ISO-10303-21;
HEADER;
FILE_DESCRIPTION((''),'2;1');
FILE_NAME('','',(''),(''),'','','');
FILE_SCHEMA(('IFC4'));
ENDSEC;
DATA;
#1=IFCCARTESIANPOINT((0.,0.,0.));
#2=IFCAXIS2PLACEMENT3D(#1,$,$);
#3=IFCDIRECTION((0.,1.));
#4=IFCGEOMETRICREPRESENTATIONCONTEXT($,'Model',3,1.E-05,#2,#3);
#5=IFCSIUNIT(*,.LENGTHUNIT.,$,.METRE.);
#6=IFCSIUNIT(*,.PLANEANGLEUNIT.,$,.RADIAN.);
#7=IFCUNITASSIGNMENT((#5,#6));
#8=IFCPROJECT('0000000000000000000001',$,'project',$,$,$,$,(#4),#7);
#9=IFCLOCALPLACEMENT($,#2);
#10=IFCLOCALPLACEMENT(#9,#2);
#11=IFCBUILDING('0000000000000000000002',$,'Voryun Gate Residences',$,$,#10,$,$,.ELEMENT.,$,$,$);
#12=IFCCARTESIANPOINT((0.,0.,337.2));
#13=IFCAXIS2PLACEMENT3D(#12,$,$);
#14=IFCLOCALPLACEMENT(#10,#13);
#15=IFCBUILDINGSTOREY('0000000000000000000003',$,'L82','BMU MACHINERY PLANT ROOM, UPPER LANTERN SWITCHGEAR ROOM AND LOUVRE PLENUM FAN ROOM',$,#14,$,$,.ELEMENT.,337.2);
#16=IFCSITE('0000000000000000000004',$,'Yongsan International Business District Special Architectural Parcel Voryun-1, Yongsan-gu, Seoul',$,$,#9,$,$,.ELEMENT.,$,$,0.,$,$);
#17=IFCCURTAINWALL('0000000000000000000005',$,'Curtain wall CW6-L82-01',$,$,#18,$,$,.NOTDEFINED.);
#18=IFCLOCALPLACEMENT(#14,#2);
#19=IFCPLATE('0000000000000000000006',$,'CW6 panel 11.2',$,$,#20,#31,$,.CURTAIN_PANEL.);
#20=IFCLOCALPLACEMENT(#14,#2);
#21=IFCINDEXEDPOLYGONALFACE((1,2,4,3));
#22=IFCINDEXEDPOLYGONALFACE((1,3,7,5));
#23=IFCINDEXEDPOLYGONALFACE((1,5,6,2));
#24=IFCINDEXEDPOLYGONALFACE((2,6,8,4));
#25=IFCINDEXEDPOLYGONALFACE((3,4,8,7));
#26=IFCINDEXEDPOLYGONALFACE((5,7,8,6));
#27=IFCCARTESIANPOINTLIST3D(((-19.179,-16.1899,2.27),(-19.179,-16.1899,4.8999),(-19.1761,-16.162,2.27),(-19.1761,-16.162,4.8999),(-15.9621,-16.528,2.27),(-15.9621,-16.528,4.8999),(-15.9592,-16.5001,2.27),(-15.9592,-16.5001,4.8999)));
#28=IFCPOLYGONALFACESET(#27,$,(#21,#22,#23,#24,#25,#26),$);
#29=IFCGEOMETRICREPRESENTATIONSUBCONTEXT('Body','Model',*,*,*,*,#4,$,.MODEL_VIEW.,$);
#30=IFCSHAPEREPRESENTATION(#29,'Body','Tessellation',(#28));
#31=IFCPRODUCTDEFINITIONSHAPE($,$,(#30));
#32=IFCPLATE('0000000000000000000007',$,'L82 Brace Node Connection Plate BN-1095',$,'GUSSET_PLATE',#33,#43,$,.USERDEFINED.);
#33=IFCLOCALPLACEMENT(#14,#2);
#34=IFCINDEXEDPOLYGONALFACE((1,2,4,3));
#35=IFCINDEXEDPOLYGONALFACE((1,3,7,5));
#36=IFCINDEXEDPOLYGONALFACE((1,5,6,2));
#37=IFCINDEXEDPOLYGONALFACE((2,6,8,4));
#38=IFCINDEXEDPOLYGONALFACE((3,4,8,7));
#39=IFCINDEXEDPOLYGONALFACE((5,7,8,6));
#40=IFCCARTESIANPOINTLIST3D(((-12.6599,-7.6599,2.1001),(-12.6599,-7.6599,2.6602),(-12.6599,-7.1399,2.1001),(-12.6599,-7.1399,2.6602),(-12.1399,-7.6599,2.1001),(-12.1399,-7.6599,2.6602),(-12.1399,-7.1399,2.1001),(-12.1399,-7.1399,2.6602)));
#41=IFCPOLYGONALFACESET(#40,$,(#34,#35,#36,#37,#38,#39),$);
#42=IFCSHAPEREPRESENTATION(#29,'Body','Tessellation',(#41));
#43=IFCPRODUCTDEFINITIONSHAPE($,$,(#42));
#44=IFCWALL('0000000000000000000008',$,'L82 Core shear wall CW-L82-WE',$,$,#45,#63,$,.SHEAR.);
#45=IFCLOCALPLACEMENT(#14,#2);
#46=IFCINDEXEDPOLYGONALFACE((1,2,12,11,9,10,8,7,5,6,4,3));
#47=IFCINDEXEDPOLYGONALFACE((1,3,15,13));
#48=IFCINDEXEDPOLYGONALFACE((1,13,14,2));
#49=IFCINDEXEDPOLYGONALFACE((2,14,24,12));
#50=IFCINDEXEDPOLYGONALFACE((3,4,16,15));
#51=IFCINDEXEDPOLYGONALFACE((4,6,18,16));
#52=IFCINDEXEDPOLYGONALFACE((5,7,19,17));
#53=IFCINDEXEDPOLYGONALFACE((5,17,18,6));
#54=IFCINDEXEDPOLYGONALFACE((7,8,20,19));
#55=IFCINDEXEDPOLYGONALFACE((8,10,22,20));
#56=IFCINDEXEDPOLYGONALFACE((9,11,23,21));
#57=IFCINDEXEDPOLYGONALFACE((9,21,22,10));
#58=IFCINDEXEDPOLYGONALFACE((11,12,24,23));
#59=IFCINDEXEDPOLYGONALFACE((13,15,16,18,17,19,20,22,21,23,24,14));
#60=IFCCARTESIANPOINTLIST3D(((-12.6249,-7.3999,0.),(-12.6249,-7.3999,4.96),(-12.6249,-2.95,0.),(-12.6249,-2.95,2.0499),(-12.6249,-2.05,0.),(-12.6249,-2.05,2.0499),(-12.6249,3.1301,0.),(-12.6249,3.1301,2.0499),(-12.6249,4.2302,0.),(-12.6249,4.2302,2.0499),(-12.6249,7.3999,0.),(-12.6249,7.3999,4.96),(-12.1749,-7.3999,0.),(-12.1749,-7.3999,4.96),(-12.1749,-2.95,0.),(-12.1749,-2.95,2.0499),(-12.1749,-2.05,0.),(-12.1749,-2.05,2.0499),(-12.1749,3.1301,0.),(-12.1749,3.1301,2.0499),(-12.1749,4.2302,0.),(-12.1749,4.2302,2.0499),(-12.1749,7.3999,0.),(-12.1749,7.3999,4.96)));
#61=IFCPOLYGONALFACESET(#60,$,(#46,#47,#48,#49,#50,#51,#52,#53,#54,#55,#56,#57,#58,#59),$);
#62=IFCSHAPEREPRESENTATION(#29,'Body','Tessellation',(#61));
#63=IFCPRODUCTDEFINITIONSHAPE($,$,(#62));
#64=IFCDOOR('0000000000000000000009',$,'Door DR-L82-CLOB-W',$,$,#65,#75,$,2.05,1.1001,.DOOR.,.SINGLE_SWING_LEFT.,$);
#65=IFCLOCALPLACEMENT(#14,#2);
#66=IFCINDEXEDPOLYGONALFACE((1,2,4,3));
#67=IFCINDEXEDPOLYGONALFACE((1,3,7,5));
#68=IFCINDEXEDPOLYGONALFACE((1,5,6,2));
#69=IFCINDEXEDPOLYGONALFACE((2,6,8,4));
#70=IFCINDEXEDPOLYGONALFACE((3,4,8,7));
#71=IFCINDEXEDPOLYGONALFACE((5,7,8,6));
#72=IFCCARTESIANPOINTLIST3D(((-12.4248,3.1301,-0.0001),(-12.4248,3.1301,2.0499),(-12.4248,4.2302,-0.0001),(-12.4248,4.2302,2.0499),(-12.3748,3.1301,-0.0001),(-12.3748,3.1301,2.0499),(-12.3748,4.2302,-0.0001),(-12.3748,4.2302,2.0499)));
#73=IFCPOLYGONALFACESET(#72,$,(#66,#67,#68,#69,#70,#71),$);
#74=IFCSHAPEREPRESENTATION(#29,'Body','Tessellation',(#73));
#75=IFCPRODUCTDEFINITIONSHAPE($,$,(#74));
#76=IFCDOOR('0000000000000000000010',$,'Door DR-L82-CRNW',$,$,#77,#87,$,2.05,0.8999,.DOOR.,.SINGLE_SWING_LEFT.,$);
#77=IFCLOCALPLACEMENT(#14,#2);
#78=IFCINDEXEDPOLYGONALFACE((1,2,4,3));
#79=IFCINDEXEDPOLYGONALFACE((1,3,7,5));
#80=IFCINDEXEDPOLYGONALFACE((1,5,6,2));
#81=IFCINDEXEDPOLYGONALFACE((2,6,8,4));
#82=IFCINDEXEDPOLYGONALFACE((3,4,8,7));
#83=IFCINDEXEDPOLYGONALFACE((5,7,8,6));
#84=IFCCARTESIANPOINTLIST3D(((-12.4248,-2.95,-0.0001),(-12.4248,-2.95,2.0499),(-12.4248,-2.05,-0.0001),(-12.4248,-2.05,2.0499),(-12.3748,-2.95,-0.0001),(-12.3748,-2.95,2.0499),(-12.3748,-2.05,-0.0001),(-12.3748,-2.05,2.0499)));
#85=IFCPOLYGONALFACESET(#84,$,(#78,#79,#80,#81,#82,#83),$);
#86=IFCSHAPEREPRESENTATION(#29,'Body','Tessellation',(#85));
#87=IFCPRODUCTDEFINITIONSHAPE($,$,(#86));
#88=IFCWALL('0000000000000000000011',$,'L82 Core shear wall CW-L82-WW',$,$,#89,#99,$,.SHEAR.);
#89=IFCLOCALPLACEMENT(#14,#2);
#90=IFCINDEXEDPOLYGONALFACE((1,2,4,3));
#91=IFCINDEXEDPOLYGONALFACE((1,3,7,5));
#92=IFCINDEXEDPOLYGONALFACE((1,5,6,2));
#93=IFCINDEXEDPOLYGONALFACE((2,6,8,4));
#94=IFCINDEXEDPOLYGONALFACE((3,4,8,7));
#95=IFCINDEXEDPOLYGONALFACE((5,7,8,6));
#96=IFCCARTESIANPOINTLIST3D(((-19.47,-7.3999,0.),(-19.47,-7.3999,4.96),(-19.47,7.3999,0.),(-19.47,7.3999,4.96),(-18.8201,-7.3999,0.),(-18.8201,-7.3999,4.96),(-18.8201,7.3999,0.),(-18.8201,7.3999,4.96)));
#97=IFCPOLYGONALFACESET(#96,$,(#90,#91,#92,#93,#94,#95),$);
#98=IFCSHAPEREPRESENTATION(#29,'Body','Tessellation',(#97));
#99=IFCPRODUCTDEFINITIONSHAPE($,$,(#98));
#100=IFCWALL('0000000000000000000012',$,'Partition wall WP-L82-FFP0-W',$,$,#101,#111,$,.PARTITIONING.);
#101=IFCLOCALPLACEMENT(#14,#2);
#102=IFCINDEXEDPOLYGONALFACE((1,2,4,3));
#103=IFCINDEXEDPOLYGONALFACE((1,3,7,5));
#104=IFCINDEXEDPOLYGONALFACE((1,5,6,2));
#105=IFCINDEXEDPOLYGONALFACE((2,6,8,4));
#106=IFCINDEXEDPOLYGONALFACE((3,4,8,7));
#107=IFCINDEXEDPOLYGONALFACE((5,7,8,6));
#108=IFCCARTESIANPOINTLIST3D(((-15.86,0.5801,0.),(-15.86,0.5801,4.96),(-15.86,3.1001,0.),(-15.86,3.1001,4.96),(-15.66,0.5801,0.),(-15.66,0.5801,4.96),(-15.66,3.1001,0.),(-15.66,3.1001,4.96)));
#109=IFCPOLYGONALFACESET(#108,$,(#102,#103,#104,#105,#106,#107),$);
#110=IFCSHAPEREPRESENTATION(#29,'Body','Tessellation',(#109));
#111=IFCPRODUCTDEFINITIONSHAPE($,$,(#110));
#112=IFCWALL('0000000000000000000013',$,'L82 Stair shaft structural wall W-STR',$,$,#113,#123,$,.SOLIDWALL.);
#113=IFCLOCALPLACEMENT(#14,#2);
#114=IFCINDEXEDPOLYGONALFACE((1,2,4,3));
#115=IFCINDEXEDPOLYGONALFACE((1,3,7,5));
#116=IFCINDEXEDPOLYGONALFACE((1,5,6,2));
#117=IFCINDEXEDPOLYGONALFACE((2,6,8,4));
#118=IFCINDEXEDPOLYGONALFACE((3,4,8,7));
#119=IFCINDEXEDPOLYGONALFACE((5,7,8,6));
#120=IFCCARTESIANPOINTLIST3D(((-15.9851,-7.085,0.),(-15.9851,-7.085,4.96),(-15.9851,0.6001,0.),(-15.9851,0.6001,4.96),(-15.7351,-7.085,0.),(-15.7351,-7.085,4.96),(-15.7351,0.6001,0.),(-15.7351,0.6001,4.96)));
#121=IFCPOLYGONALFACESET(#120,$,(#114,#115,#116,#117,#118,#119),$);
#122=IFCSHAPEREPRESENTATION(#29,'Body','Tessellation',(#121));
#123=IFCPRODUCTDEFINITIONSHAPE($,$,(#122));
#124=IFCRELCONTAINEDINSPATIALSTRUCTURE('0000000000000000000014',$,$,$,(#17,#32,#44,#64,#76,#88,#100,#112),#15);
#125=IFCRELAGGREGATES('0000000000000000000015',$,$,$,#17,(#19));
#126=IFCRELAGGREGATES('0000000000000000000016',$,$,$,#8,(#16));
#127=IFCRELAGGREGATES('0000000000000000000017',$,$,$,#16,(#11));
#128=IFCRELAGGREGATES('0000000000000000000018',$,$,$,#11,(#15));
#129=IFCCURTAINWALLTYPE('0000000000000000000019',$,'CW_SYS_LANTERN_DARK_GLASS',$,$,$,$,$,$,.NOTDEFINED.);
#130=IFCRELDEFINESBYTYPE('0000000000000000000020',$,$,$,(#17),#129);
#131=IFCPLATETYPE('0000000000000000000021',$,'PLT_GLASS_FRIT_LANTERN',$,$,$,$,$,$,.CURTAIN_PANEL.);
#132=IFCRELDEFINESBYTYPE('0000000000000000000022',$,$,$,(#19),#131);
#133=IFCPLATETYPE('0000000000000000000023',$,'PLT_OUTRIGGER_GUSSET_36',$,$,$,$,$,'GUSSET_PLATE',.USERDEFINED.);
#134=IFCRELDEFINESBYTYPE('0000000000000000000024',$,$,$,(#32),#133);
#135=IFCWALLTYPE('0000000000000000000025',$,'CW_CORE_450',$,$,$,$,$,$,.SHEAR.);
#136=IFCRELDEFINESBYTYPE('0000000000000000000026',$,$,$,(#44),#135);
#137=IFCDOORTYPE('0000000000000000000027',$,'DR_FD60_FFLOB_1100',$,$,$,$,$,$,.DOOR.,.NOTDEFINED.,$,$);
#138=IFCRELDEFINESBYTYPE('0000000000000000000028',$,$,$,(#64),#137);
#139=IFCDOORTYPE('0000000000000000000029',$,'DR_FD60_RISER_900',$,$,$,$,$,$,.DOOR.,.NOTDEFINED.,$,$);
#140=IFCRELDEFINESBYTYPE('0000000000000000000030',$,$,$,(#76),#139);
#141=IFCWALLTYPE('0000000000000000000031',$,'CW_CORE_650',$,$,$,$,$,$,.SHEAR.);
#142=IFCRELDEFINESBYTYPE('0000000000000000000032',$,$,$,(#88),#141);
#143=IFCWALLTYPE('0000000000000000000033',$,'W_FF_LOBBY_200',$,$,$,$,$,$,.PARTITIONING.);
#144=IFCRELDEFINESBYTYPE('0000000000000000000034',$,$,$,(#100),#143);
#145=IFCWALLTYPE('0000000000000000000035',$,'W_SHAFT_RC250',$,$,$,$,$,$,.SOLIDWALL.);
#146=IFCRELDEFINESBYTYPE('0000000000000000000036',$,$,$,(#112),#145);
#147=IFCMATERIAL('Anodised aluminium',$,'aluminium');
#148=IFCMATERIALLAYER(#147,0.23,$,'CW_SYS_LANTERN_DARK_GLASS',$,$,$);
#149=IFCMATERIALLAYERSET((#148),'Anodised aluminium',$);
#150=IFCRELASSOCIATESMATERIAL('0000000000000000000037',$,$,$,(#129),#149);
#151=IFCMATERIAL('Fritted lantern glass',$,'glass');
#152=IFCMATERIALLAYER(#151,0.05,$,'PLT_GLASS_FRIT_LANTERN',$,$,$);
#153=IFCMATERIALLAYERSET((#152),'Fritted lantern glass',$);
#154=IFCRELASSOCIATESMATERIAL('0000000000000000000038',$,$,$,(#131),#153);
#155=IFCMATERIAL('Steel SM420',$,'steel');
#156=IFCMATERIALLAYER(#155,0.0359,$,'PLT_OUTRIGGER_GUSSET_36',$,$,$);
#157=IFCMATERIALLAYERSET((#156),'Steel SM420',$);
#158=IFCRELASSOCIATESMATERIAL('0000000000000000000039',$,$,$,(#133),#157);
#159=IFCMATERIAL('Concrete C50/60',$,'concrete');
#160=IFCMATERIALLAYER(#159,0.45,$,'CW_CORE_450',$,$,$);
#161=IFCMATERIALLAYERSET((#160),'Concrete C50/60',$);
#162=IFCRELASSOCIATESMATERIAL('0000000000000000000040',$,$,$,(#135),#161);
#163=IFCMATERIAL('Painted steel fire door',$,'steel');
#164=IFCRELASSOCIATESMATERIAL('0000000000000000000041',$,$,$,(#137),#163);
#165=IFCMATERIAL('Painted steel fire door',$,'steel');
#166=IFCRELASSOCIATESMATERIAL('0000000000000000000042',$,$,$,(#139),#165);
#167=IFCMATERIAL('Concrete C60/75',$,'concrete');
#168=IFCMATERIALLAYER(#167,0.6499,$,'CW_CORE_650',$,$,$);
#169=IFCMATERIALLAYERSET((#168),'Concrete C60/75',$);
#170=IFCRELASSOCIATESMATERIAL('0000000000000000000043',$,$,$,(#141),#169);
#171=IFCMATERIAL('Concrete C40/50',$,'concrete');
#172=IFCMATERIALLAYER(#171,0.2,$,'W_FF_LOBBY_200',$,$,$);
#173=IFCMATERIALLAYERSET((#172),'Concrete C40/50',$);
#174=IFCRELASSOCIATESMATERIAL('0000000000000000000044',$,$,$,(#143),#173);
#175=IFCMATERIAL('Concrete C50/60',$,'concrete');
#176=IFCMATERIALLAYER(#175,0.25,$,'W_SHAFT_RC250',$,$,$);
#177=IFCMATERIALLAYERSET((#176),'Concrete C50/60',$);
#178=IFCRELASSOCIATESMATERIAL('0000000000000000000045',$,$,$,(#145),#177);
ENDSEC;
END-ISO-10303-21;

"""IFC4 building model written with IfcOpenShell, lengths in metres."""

from ifc_helpers import new_model, si_unit, direction, frame, frame_2d, origin, origin_2d, place, context, subcontext, project, spatial, rectangle, extrude, material, layer, layer_set, type_object, element, fill, aggregate, save


model = new_model("IFC4")

# Units and contexts
model_context = context("Model", 3, precision=1e-05, world=origin(), true_north=direction((0.0, 1.0)))
body_context = subcontext(model_context, "Body", "Model", "MODEL_VIEW")
ifc_project = project(units=[si_unit("LENGTHUNIT", "METRE"), si_unit("PLANEANGLEUNIT", "RADIAN")], contexts=[model_context])

# Site, building, storey
site_placement = place(None, origin())
site = spatial("IfcSite", under=ifc_project, at=site_placement, Name="Yongsan International Business District Special Architectural Parcel Voryun-1, Yongsan-gu, Seoul", CompositionType="ELEMENT", RefElevation=0.0)
building_placement = place(site_placement, origin())
building = spatial("IfcBuilding", under=site, at=building_placement, Name="Voryun Gate Residences", CompositionType="ELEMENT")
storey_placement = place(building_placement, frame((0.0, 0.0, 337.2)))
storey = spatial("IfcBuildingStorey", under=building, at=storey_placement, Name="L82", Description="BMU MACHINERY PLANT ROOM, UPPER LANTERN SWITCHGEAR ROOM AND LOUVRE PLENUM FAN ROOM", CompositionType="ELEMENT", Elevation=337.2)

# Curtain wall, plate
ifc_material_1 = material(Name="Anodised aluminium", Category="aluminium")
ifc_layer_1 = layer(ifc_material_1, 0.23, Name="CW_SYS_LANTERN_DARK_GLASS")
ifc_layer_set_1 = layer_set([ifc_layer_1], Name="Anodised aluminium")
curtain_wall_type = type_object("IfcCurtainWallType", Name="CW_SYS_LANTERN_DARK_GLASS", PredefinedType="NOTDEFINED", material=ifc_layer_set_1)
curtain_wall_placement = place(storey_placement, origin())
curtain_wall = element("IfcCurtainWall", 1, at=curtain_wall_placement, inside=storey, type_object=curtain_wall_type, Name="Curtain wall CW6-L82-01", PredefinedType="NOTDEFINED")
ifc_material_2 = material(Name="Fritted lantern glass", Category="glass")
ifc_layer_2 = layer(ifc_material_2, 0.05, Name="PLT_GLASS_FRIT_LANTERN")
ifc_layer_set_2 = layer_set([ifc_layer_2], Name="Fritted lantern glass")
plate_type_1 = type_object("IfcPlateType", Name="PLT_GLASS_FRIT_LANTERN", PredefinedType="CURTAIN_PANEL", material=ifc_layer_set_2)
plate_1_placement = place(storey_placement, frame((-17.5691, -16.345, 2.27), z_axis=(0.0, 0.0, 1.0), x_axis=(-0.994522, 0.104528, 0.0)))
plate_1 = element("IfcPlate", 2, at=plate_1_placement, type_object=plate_type_1, Name="CW6 panel 11.2", PredefinedType="CURTAIN_PANEL", context=body_context, shape_type="SweptSolid", body=[
    extrude(rectangle(XDim=3.2346, YDim=0.0281, at=origin_2d()), origin(), (0.0, 0.0, 1.0), 2.6299),
])
aggregate(curtain_wall, [plate_1])

# Plate
ifc_material_3 = material(Name="Steel SM420", Category="steel")
ifc_layer_3 = layer(ifc_material_3, 0.0359, Name="PLT_OUTRIGGER_GUSSET_36")
ifc_layer_set_3 = layer_set([ifc_layer_3], Name="Steel SM420")
plate_type_2 = type_object("IfcPlateType", Name="PLT_OUTRIGGER_GUSSET_36", ElementType="GUSSET_PLATE", PredefinedType="USERDEFINED", material=ifc_layer_set_3)
plate_2_placement = place(storey_placement, frame((-12.3999, -7.3999, 2.1001), z_axis=(0.0, 0.0, 1.0), x_axis=(1.0, 0.0, 0.0)))
element("IfcPlate", 3, at=plate_2_placement, inside=storey, type_object=plate_type_2, Name="L82 Brace Node Connection Plate BN-1095", ObjectType="GUSSET_PLATE", PredefinedType="USERDEFINED", context=body_context, shape_type="SweptSolid", body=[
    extrude(rectangle(XDim=0.52, YDim=0.52, at=origin_2d()), origin(), (0.0, 0.0, 1.0), 0.5601),
])

# Wall, openings, doors
ifc_material_4 = material(Name="Concrete C50/60", Category="concrete")
ifc_layer_4 = layer(ifc_material_4, 0.45, Name="CW_CORE_450")
ifc_layer_set_4 = layer_set([ifc_layer_4], Name="Concrete C50/60")
wall_type_1 = type_object("IfcWallType", Name="CW_CORE_450", PredefinedType="SHEAR", material=ifc_layer_set_4)
wall_1_placement = place(storey_placement, frame((-12.3999, -7.3999, 0.0), z_axis=(0.0, 0.0, 1.0), x_axis=(0.0, 1.0, 0.0)))
wall_1 = element("IfcWall", 4, at=wall_1_placement, inside=storey, type_object=wall_type_1, Name="L82 Core shear wall CW-L82-WE", PredefinedType="SHEAR", context=body_context, shape_type="SweptSolid", body=[
    extrude(rectangle(XDim=14.7998, YDim=0.45, at=frame_2d((7.3999, 0.0))), origin(), (0.0, 0.0, 1.0), 4.96),
])
opening_1_placement = place(wall_1_placement, frame((10.53, 0.0, 0.0)))
opening_1 = element("IfcOpeningElement", 5, at=opening_1_placement, cuts=wall_1, PredefinedType="OPENING", context=body_context, shape_type="SweptSolid", body=[
    extrude(rectangle(XDim=1.1001, YDim=2.05, at=frame_2d((0.55, 1.0249))), frame((0.0, 0.2351, 0.0), z_axis=(0.0, -1.0, 0.0), x_axis=(1.0, 0.0, 0.0)), (0.0, 0.0, 1.0), 0.47),
])
opening_2_placement = place(wall_1_placement, frame((4.45, 0.0, 0.0)))
opening_2 = element("IfcOpeningElement", 6, at=opening_2_placement, cuts=wall_1, PredefinedType="OPENING", context=body_context, shape_type="SweptSolid", body=[
    extrude(rectangle(XDim=0.8999, YDim=2.05, at=frame_2d((0.45, 1.0249))), frame((0.0, 0.2351, 0.0), z_axis=(0.0, -1.0, 0.0), x_axis=(1.0, 0.0, 0.0)), (0.0, 0.0, 1.0), 0.47),
])
ifc_material_5 = material(Name="Painted steel fire door", Category="steel")
door_type_1 = type_object("IfcDoorType", Name="DR_FD60_FFLOB_1100", OperationType="NOTDEFINED", PredefinedType="DOOR", material=ifc_material_5)
door_1_placement = place(opening_1_placement, origin())
door_1 = element("IfcDoor", 7, at=door_1_placement, inside=storey, type_object=door_type_1, Name="Door DR-L82-CLOB-W", OperationType="SINGLE_SWING_LEFT", OverallHeight=2.05, OverallWidth=1.1001, PredefinedType="DOOR", context=body_context, shape_type="SweptSolid", body=[
    extrude(rectangle(XDim=1.1001, YDim=2.05, at=frame_2d((0.55, 1.0249))), frame((0.0, 0.0249, 0.0), z_axis=(0.0, -1.0, 0.0), x_axis=(1.0, 0.0, 0.0)), (0.0, 0.0, 1.0), 0.05),
])
fill(opening_1, door_1)
ifc_material_6 = material(Name="Painted steel fire door", Category="steel")
door_type_2 = type_object("IfcDoorType", Name="DR_FD60_RISER_900", OperationType="NOTDEFINED", PredefinedType="DOOR", material=ifc_material_6)
door_2_placement = place(opening_2_placement, origin())
door_2 = element("IfcDoor", 8, at=door_2_placement, inside=storey, type_object=door_type_2, Name="Door DR-L82-CRNW", OperationType="SINGLE_SWING_LEFT", OverallHeight=2.05, OverallWidth=0.8999, PredefinedType="DOOR", context=body_context, shape_type="SweptSolid", body=[
    extrude(rectangle(XDim=0.8999, YDim=2.05, at=frame_2d((0.45, 1.0249))), frame((0.0, 0.0249, 0.0), z_axis=(0.0, -1.0, 0.0), x_axis=(1.0, 0.0, 0.0)), (0.0, 0.0, 1.0), 0.05),
])
fill(opening_2, door_2)

# Walls
ifc_material_7 = material(Name="Concrete C60/75", Category="concrete")
ifc_layer_5 = layer(ifc_material_7, 0.6499, Name="CW_CORE_650")
ifc_layer_set_5 = layer_set([ifc_layer_5], Name="Concrete C60/75")
wall_type_2 = type_object("IfcWallType", Name="CW_CORE_650", PredefinedType="SHEAR", material=ifc_layer_set_5)
wall_2_placement = place(storey_placement, frame((-19.145, -7.3999, 0.0), z_axis=(0.0, 0.0, 1.0), x_axis=(0.0, 1.0, 0.0)))
element("IfcWall", 9, at=wall_2_placement, inside=storey, type_object=wall_type_2, Name="L82 Core shear wall CW-L82-WW", PredefinedType="SHEAR", context=body_context, shape_type="SweptSolid", body=[
    extrude(rectangle(XDim=14.7998, YDim=0.6499, at=frame_2d((7.3999, 0.0))), origin(), (0.0, 0.0, 1.0), 4.96),
])
ifc_material_8 = material(Name="Concrete C40/50", Category="concrete")
ifc_layer_6 = layer(ifc_material_8, 0.2, Name="W_FF_LOBBY_200")
ifc_layer_set_6 = layer_set([ifc_layer_6], Name="Concrete C40/50")
wall_type_3 = type_object("IfcWallType", Name="W_FF_LOBBY_200", PredefinedType="PARTITIONING", material=ifc_layer_set_6)
wall_3_placement = place(storey_placement, frame((-15.76, 0.5801, 0.0), z_axis=(0.0, 0.0, 1.0), x_axis=(0.0, 1.0, 0.0)))
element("IfcWall", 10, at=wall_3_placement, inside=storey, type_object=wall_type_3, Name="Partition wall WP-L82-FFP0-W", PredefinedType="PARTITIONING", context=body_context, shape_type="SweptSolid", body=[
    extrude(rectangle(XDim=2.52, YDim=0.2, at=frame_2d((1.26, 0.0))), origin(), (0.0, 0.0, 1.0), 4.96),
])
ifc_material_9 = material(Name="Concrete C50/60", Category="concrete")
ifc_layer_7 = layer(ifc_material_9, 0.25, Name="W_SHAFT_RC250")
ifc_layer_set_7 = layer_set([ifc_layer_7], Name="Concrete C50/60")
wall_type_4 = type_object("IfcWallType", Name="W_SHAFT_RC250", PredefinedType="SOLIDWALL", material=ifc_layer_set_7)
wall_4_placement = place(storey_placement, frame((-15.8601, -7.085, 0.0), z_axis=(0.0, 0.0, 1.0), x_axis=(0.0, 1.0, 0.0)))
element("IfcWall", 11, at=wall_4_placement, inside=storey, type_object=wall_type_4, Name="L82 Stair shaft structural wall W-STR", PredefinedType="SOLIDWALL", context=body_context, shape_type="SweptSolid", body=[
    extrude(rectangle(XDim=7.6851, YDim=0.25, at=frame_2d((3.8425, 0.0))), origin(), (0.0, 0.0, 1.0), 4.96),
])

save(model, "model.ifc")
